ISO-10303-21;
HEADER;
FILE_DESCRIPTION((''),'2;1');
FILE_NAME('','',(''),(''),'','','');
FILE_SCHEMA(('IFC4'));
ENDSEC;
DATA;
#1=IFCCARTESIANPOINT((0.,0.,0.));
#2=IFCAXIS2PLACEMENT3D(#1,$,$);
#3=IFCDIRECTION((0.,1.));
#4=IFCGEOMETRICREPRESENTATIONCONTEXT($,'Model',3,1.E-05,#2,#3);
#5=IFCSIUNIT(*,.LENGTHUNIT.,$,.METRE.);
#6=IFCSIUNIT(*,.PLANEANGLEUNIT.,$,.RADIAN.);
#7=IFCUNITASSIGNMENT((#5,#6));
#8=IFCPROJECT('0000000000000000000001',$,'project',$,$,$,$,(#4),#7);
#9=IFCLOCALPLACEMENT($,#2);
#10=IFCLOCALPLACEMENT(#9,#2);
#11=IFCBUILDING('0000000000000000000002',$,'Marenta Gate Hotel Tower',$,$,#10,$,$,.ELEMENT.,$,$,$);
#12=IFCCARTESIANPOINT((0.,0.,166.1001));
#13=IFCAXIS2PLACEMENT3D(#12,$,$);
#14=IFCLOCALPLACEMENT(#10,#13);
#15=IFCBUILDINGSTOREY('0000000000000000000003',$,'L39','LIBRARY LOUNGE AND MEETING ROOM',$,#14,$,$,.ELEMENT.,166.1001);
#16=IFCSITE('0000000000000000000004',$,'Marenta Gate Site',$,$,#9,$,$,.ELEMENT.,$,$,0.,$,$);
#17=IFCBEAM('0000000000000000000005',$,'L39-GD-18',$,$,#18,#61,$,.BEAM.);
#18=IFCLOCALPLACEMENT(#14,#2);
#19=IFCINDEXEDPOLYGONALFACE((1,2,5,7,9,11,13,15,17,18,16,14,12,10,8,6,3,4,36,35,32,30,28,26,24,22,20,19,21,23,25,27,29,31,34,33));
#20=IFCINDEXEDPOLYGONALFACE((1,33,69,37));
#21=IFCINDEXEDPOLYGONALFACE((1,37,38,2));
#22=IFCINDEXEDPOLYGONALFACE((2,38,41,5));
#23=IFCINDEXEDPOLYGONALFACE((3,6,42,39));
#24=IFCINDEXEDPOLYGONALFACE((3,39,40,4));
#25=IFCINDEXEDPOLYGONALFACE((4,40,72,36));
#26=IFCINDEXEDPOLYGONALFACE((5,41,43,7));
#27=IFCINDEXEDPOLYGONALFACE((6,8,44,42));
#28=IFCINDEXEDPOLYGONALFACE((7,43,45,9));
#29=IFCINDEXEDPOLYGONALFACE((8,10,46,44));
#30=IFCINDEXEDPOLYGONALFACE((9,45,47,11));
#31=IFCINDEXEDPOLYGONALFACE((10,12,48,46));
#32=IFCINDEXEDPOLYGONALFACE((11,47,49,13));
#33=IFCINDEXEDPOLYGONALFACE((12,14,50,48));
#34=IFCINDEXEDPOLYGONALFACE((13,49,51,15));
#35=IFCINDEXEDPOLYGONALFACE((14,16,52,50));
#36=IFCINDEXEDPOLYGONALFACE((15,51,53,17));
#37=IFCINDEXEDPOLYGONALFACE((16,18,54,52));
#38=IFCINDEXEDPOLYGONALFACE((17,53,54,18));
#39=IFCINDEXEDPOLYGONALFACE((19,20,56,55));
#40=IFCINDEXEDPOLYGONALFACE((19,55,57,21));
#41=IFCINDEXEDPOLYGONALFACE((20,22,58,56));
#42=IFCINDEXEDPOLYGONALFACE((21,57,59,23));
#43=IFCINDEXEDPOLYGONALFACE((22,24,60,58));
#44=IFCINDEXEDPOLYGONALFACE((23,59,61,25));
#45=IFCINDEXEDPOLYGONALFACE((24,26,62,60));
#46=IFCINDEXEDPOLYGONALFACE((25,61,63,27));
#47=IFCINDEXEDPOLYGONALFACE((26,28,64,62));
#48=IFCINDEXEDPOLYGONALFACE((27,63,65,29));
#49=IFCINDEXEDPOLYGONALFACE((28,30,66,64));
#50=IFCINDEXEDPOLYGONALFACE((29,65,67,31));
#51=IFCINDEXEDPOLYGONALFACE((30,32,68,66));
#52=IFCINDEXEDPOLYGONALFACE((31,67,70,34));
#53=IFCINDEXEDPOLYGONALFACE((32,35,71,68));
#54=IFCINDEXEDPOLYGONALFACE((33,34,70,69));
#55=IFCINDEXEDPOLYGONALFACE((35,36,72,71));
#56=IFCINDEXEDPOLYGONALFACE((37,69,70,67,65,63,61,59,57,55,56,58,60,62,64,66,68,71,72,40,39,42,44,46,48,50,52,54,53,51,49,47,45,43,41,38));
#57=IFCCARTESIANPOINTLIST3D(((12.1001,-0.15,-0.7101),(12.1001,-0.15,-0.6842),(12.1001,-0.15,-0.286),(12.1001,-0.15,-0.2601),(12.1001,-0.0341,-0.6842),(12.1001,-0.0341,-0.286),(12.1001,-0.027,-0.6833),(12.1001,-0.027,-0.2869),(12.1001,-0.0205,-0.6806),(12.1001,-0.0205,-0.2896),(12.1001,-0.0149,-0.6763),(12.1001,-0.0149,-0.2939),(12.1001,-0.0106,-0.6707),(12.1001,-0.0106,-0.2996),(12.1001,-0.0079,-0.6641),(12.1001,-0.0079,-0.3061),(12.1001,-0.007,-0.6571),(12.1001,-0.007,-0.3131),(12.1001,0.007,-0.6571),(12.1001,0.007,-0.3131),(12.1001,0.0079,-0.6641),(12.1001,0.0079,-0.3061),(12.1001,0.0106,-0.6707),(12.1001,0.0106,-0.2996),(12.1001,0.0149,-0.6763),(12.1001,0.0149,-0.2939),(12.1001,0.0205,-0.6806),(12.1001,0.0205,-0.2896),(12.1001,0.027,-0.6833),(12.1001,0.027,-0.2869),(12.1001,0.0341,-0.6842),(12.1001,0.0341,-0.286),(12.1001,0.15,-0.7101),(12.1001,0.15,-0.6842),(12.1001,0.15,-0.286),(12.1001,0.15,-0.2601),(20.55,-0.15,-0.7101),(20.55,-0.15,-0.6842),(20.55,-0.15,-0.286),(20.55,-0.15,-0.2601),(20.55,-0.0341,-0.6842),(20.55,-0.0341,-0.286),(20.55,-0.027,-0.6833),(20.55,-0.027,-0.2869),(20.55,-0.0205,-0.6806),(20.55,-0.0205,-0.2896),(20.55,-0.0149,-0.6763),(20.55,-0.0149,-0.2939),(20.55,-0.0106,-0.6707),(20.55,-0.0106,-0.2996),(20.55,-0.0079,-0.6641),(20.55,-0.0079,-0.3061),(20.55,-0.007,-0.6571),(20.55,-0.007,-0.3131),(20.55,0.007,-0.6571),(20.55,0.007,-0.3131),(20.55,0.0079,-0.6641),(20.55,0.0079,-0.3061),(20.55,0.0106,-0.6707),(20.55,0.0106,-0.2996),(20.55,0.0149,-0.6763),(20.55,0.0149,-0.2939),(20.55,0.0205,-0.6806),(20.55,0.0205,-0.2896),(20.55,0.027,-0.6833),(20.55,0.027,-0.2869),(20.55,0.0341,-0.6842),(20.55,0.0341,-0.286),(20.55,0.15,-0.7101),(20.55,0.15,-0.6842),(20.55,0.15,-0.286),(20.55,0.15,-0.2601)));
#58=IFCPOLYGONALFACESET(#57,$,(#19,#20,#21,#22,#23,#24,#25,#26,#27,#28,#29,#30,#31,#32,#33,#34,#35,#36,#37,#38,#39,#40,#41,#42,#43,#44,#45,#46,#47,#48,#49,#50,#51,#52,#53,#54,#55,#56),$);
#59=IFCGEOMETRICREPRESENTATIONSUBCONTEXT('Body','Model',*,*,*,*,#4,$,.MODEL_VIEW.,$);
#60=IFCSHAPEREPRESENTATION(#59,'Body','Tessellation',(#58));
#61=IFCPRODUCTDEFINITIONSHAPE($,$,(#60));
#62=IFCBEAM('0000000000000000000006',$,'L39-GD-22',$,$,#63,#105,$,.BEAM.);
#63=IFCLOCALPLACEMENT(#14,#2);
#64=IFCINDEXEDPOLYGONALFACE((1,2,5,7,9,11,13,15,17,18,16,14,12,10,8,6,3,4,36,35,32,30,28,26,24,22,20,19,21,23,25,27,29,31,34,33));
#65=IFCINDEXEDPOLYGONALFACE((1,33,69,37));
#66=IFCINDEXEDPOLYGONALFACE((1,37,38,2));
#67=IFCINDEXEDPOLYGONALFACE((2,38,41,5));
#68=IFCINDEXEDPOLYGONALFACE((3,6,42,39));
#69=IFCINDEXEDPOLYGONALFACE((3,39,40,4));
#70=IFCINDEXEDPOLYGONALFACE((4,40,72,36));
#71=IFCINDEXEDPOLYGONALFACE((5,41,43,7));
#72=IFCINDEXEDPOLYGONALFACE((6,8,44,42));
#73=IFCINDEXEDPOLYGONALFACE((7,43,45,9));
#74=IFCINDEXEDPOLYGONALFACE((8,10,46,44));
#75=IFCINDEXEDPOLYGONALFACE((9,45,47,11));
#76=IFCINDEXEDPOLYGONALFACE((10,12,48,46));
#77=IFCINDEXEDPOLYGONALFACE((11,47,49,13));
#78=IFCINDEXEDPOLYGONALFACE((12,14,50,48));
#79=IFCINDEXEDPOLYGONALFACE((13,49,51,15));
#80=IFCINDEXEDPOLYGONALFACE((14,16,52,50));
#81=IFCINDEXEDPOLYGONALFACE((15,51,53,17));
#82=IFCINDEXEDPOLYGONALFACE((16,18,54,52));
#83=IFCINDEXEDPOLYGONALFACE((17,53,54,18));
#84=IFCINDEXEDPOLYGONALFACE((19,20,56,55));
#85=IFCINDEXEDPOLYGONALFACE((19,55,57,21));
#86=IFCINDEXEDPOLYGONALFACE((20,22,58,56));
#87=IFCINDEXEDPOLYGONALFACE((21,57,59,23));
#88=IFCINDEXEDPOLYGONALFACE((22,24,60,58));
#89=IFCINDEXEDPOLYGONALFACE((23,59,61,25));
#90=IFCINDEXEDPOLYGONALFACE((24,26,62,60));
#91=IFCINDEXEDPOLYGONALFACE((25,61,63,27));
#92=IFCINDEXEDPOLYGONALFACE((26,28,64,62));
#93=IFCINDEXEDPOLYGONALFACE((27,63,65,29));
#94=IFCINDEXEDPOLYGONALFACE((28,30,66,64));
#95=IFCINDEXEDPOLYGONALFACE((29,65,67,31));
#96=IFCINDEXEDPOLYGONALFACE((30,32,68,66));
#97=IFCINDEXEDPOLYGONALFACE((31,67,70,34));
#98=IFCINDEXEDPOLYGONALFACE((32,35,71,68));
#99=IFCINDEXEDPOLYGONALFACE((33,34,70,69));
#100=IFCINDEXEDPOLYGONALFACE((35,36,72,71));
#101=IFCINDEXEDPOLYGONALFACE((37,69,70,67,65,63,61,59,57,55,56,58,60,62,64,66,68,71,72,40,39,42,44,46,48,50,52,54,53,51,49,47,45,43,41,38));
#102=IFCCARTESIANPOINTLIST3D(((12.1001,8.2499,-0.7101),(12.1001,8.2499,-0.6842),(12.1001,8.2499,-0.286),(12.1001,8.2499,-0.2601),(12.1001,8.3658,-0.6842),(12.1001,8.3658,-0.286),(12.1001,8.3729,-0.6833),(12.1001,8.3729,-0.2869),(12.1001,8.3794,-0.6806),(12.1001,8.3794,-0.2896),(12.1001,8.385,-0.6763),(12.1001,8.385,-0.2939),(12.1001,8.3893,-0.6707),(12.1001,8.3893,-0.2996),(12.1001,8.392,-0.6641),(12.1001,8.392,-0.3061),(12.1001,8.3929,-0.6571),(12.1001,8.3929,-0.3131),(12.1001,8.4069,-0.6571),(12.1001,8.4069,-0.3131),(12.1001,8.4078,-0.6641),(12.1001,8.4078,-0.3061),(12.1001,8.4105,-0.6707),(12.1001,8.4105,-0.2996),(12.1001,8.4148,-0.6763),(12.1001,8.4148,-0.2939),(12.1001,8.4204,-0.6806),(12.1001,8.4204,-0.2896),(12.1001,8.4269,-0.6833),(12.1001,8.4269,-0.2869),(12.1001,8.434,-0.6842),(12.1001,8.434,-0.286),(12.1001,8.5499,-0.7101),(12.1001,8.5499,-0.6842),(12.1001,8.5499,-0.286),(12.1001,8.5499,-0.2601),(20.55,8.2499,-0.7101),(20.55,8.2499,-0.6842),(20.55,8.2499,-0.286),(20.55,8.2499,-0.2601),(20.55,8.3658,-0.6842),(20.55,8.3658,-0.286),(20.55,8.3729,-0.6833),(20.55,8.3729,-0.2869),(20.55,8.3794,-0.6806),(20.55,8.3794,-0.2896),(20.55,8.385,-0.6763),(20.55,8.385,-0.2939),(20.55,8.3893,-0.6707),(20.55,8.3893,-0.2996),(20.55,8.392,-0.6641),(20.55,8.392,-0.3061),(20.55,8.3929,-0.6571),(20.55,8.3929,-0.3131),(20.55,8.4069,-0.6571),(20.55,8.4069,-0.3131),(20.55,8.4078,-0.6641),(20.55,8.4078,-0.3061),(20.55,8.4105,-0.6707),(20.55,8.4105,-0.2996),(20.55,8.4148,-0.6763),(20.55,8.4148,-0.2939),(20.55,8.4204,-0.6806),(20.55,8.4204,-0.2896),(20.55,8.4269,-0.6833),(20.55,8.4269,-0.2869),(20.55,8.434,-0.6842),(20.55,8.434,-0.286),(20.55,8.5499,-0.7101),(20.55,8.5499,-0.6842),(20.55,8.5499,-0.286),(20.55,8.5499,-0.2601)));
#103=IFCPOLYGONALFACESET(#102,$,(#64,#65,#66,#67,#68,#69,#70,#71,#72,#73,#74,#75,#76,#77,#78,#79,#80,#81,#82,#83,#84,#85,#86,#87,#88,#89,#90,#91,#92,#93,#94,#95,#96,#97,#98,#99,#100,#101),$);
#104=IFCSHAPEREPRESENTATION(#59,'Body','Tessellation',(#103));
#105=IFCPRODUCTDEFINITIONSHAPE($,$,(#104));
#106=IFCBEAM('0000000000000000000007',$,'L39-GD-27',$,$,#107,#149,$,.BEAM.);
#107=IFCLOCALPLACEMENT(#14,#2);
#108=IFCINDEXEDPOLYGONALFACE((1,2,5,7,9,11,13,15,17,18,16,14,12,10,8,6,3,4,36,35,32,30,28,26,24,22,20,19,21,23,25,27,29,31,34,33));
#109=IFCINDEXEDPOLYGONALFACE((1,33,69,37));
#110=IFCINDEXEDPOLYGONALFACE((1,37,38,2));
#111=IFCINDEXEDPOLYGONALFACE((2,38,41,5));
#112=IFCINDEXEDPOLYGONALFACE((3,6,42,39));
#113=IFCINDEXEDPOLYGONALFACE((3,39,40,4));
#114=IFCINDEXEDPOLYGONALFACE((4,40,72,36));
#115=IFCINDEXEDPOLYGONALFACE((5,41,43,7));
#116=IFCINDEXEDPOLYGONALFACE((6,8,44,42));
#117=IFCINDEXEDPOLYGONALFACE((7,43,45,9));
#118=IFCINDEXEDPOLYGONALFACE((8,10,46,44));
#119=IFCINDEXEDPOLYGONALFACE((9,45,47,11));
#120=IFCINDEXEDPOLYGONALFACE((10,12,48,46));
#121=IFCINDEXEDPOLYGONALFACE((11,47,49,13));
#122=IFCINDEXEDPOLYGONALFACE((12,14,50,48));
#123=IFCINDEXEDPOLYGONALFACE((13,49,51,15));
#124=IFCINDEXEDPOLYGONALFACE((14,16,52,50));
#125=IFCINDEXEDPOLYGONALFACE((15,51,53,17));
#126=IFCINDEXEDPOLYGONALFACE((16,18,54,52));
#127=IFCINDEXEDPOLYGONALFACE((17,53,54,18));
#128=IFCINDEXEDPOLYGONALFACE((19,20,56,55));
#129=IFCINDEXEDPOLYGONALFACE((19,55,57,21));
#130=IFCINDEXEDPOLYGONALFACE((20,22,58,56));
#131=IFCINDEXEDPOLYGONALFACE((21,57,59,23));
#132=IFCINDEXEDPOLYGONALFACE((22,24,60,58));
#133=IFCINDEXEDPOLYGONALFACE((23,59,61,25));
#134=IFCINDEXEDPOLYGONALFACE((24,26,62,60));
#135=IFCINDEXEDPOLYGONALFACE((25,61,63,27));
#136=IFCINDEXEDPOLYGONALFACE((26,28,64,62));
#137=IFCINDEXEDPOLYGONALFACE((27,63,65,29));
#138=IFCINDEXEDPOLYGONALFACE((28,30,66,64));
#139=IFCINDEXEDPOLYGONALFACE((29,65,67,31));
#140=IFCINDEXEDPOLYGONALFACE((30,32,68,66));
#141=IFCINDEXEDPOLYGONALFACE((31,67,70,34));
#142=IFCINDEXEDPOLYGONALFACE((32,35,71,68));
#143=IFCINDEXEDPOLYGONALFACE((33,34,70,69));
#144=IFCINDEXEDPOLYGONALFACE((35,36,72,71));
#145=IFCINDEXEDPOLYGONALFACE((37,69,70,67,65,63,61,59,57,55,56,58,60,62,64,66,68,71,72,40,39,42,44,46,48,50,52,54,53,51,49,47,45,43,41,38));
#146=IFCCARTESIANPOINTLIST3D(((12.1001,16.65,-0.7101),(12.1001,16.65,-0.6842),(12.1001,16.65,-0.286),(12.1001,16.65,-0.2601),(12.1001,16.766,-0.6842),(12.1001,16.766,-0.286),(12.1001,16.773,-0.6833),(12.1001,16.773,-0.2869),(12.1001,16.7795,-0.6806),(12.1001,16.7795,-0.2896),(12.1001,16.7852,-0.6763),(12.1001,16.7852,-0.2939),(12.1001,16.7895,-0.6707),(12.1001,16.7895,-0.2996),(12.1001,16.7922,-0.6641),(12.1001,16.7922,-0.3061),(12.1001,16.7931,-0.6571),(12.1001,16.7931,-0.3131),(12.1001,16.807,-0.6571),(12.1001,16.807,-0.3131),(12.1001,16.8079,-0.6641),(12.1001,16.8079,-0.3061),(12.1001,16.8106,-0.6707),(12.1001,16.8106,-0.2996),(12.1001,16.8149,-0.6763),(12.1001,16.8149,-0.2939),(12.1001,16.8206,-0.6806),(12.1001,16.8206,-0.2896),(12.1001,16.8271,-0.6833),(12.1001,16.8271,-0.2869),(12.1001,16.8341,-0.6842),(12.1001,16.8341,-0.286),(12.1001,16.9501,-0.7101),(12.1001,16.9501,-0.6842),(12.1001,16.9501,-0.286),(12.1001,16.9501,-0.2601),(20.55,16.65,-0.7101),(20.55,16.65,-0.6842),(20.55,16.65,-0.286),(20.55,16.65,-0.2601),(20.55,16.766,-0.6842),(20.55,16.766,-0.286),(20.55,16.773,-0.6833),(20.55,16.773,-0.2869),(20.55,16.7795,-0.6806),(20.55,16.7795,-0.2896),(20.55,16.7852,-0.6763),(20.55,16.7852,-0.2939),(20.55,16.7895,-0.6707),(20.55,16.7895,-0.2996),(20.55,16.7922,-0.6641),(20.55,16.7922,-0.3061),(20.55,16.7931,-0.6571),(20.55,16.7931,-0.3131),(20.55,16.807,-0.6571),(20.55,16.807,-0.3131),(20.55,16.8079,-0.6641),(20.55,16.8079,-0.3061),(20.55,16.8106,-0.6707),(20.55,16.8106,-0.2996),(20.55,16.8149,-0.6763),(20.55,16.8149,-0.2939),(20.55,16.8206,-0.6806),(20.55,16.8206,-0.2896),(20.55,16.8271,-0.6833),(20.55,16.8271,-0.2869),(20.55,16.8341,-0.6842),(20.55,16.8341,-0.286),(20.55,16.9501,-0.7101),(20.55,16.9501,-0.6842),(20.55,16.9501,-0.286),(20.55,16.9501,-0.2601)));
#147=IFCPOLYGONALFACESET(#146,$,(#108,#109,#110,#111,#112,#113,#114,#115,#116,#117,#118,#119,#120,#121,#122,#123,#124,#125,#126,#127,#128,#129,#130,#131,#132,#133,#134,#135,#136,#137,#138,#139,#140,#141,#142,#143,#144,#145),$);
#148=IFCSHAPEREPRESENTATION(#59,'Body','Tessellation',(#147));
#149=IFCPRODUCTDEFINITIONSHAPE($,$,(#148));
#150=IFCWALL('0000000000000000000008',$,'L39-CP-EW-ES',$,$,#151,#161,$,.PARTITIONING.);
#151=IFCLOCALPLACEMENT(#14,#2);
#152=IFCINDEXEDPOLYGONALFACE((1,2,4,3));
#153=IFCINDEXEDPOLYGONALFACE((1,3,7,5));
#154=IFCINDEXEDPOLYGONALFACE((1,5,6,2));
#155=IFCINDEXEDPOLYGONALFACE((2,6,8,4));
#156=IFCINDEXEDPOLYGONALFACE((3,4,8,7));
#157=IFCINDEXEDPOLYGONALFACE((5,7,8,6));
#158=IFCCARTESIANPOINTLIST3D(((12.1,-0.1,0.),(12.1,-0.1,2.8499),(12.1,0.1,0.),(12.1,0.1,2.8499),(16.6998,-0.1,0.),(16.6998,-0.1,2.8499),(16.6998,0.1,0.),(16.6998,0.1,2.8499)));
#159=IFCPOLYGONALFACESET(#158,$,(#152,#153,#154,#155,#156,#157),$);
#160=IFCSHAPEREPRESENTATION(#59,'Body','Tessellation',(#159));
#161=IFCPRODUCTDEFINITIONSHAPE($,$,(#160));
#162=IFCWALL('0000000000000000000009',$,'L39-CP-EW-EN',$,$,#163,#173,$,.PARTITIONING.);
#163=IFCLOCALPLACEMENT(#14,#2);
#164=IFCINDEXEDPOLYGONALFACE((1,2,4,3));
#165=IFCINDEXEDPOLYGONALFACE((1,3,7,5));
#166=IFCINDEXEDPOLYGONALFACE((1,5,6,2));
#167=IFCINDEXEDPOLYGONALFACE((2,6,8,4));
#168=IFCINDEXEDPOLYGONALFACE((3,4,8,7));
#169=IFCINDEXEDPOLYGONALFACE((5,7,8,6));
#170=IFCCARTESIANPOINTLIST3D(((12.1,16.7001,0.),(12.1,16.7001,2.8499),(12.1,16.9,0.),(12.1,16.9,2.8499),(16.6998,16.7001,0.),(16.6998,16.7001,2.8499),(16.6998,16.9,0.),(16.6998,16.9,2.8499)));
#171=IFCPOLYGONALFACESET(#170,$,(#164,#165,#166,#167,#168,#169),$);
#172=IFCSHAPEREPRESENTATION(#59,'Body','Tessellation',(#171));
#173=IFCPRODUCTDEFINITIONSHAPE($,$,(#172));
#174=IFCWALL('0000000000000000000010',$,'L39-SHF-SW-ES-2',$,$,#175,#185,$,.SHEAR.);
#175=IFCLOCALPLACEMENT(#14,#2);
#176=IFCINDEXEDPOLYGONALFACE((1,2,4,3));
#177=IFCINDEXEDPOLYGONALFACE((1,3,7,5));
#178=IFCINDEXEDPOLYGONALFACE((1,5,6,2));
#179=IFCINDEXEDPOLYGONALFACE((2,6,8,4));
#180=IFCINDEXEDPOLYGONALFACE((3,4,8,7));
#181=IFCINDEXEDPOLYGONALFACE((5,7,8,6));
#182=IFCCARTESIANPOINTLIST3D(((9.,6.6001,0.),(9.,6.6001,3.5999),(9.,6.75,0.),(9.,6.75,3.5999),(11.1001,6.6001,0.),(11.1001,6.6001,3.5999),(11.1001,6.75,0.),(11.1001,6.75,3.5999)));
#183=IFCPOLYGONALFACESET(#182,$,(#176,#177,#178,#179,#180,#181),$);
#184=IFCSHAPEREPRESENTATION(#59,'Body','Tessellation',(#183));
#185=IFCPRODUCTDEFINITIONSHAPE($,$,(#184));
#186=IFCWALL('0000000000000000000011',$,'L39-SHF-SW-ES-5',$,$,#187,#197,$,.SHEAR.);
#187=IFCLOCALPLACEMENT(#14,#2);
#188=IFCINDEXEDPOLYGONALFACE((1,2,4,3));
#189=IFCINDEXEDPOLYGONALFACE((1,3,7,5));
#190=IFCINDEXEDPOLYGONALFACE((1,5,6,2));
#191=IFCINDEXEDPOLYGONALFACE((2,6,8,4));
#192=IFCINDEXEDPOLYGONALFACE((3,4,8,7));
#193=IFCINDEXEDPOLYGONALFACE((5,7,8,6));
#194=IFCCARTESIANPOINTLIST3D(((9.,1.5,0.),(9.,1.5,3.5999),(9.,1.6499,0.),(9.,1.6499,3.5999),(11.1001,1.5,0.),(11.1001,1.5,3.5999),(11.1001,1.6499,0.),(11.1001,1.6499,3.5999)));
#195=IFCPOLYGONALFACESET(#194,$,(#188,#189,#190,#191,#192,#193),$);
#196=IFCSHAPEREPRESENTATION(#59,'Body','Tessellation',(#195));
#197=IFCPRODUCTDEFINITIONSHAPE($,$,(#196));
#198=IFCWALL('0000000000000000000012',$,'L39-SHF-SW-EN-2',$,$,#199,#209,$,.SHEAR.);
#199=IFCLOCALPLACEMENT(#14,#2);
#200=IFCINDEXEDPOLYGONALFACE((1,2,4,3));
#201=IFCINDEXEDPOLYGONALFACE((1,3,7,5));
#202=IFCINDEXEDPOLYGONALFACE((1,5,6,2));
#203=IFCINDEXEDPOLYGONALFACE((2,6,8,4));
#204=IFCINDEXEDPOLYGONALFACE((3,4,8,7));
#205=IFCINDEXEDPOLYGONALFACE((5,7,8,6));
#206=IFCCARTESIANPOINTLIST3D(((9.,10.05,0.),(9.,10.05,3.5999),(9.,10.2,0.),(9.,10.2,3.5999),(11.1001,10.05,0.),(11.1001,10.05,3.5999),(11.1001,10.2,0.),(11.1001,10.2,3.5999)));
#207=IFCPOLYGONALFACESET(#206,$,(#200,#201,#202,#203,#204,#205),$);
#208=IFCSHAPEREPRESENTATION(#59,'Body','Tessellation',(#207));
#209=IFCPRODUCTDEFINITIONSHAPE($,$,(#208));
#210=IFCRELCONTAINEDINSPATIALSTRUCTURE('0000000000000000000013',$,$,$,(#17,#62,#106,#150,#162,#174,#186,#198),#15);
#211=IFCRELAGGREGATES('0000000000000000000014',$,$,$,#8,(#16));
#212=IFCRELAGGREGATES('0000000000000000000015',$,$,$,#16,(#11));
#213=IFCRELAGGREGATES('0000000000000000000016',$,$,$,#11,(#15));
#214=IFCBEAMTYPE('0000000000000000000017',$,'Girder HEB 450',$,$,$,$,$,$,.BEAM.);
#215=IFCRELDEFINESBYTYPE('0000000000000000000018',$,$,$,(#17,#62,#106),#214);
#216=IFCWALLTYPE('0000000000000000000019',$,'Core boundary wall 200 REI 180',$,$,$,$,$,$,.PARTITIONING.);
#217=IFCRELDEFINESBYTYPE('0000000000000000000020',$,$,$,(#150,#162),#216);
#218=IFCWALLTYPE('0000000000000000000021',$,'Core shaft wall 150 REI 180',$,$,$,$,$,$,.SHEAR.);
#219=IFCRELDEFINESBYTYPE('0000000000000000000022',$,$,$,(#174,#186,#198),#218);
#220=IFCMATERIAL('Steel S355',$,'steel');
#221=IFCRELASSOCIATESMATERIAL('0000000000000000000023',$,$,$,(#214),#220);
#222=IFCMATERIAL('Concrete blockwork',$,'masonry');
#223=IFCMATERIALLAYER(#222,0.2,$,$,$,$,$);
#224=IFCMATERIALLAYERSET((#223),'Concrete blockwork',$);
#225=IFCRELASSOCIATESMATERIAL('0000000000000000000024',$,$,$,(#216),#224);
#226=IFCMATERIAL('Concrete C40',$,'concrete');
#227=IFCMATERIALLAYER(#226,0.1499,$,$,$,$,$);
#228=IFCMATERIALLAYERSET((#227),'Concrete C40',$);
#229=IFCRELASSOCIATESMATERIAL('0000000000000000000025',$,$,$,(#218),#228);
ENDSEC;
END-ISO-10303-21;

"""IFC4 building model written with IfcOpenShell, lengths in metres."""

from ifc_helpers import new_model, si_unit, direction, frame, frame_2d, origin, origin_2d, place, context, subcontext, project, spatial, rectangle, i_section, extrude, material, layer, layer_set, material_profile, profile_set, type_object, element, save


model = new_model("IFC4")

# Units and contexts
model_context = context("Model", 3, precision=1e-05, world=origin(), true_north=direction((0.0, 1.0)))
body_context = subcontext(model_context, "Body", "Model", "MODEL_VIEW")
ifc_project = project(units=[si_unit("LENGTHUNIT", "METRE"), si_unit("PLANEANGLEUNIT", "RADIAN")], contexts=[model_context])

# Site, building, storey
site_placement = place(None, origin())
site = spatial("IfcSite", under=ifc_project, at=site_placement, Name="Marenta Gate Site", CompositionType="ELEMENT", RefElevation=0.0)
building_placement = place(site_placement, origin())
building = spatial("IfcBuilding", under=site, at=building_placement, Name="Marenta Gate Hotel Tower", CompositionType="ELEMENT")
storey_placement = place(building_placement, frame((0.0, 0.0, 166.1001)))
storey = spatial("IfcBuildingStorey", under=building, at=storey_placement, Name="L39", Description="LIBRARY LOUNGE AND MEETING ROOM", CompositionType="ELEMENT", Elevation=166.1001)

# Beams
ifc_material_1 = material(Name="Steel S355", Category="steel")
ifc_material_profile = material_profile(ifc_material_1, i_section(OverallWidth=0.3, OverallDepth=0.45, WebThickness=0.0139, FlangeThickness=0.0259, FilletRadius=0.0271, at=origin_2d()), Name="HEB 450")
ifc_profile_set = profile_set([ifc_material_profile], Name="Steel S355")
beam_type = type_object("IfcBeamType", Name="Girder HEB 450", PredefinedType="BEAM", material=ifc_profile_set)
for number, where, z_axis, x_axis, name in (
    (1, (12.1001, 0.0, -0.4851), (1.0, 0.0, 0.0), (0.0, 1.0, 0.0), "L39-GD-18"),
    (2, (12.1001, 8.3999, -0.4851), (1.0, 0.0, 0.0), (0.0, 1.0, 0.0), "L39-GD-22"),
    (3, (12.1001, 16.8, -0.4851), (1.0, 0.0, 0.0), (0.0, 1.0, 0.0), "L39-GD-27"),
):
    element("IfcBeam", number, at=place(storey_placement, frame(where, z_axis=z_axis, x_axis=x_axis)), inside=storey, type_object=beam_type, Name=name, PredefinedType="BEAM", context=body_context, shape_type="SweptSolid", body=[
        extrude(i_section(OverallWidth=0.3, OverallDepth=0.45, WebThickness=0.0139, FlangeThickness=0.0259, FilletRadius=0.0271, at=origin_2d()), origin(), (0.0, 0.0, 1.0), 8.45),
    ])

# Walls
ifc_material_2 = material(Name="Concrete blockwork", Category="masonry")
ifc_layer_1 = layer(ifc_material_2, 0.2)
ifc_layer_set_1 = layer_set([ifc_layer_1], Name="Concrete blockwork")
wall_type_1 = type_object("IfcWallType", Name="Core boundary wall 200 REI 180", PredefinedType="PARTITIONING", material=ifc_layer_set_1)
for number, where, z_axis, x_axis, name in (
    (4, (12.1001, 0.0, 0.0), (0.0, 0.0, 1.0), (1.0, 0.0, 0.0), "L39-CP-EW-ES"),
    (5, (12.1001, 16.8, 0.0), (0.0, 0.0, 1.0), (1.0, 0.0, 0.0), "L39-CP-EW-EN"),
):
    element("IfcWall", number, at=place(storey_placement, frame(where, z_axis=z_axis, x_axis=x_axis)), inside=storey, type_object=wall_type_1, Name=name, PredefinedType="PARTITIONING", context=body_context, shape_type="SweptSolid", body=[
        extrude(rectangle(XDim=4.5999, YDim=0.2, at=frame_2d((2.2998, 0.0))), origin(), (0.0, 0.0, 1.0), 2.8499),
    ])
ifc_material_3 = material(Name="Concrete C40", Category="concrete")
ifc_layer_2 = layer(ifc_material_3, 0.1499)
ifc_layer_set_2 = layer_set([ifc_layer_2], Name="Concrete C40")
wall_type_2 = type_object("IfcWallType", Name="Core shaft wall 150 REI 180", PredefinedType="SHEAR", material=ifc_layer_set_2)
for number, where, z_axis, x_axis, name in (
    (6, (9.0, 6.675, 0.0), (0.0, 0.0, 1.0), (1.0, 0.0, 0.0), "L39-SHF-SW-ES-2"),
    (7, (9.0, 1.575, 0.0), (0.0, 0.0, 1.0), (1.0, 0.0, 0.0), "L39-SHF-SW-ES-5"),
    (8, (9.0, 10.125, 0.0), (0.0, 0.0, 1.0), (1.0, 0.0, 0.0), "L39-SHF-SW-EN-2"),
):
    element("IfcWall", number, at=place(storey_placement, frame(where, z_axis=z_axis, x_axis=x_axis)), inside=storey, type_object=wall_type_2, Name=name, PredefinedType="SHEAR", context=body_context, shape_type="SweptSolid", body=[
        extrude(rectangle(XDim=2.1001, YDim=0.1499, at=frame_2d((1.05, 0.0))), origin(), (0.0, 0.0, 1.0), 3.5999),
    ])

save(model, "model.ifc")
